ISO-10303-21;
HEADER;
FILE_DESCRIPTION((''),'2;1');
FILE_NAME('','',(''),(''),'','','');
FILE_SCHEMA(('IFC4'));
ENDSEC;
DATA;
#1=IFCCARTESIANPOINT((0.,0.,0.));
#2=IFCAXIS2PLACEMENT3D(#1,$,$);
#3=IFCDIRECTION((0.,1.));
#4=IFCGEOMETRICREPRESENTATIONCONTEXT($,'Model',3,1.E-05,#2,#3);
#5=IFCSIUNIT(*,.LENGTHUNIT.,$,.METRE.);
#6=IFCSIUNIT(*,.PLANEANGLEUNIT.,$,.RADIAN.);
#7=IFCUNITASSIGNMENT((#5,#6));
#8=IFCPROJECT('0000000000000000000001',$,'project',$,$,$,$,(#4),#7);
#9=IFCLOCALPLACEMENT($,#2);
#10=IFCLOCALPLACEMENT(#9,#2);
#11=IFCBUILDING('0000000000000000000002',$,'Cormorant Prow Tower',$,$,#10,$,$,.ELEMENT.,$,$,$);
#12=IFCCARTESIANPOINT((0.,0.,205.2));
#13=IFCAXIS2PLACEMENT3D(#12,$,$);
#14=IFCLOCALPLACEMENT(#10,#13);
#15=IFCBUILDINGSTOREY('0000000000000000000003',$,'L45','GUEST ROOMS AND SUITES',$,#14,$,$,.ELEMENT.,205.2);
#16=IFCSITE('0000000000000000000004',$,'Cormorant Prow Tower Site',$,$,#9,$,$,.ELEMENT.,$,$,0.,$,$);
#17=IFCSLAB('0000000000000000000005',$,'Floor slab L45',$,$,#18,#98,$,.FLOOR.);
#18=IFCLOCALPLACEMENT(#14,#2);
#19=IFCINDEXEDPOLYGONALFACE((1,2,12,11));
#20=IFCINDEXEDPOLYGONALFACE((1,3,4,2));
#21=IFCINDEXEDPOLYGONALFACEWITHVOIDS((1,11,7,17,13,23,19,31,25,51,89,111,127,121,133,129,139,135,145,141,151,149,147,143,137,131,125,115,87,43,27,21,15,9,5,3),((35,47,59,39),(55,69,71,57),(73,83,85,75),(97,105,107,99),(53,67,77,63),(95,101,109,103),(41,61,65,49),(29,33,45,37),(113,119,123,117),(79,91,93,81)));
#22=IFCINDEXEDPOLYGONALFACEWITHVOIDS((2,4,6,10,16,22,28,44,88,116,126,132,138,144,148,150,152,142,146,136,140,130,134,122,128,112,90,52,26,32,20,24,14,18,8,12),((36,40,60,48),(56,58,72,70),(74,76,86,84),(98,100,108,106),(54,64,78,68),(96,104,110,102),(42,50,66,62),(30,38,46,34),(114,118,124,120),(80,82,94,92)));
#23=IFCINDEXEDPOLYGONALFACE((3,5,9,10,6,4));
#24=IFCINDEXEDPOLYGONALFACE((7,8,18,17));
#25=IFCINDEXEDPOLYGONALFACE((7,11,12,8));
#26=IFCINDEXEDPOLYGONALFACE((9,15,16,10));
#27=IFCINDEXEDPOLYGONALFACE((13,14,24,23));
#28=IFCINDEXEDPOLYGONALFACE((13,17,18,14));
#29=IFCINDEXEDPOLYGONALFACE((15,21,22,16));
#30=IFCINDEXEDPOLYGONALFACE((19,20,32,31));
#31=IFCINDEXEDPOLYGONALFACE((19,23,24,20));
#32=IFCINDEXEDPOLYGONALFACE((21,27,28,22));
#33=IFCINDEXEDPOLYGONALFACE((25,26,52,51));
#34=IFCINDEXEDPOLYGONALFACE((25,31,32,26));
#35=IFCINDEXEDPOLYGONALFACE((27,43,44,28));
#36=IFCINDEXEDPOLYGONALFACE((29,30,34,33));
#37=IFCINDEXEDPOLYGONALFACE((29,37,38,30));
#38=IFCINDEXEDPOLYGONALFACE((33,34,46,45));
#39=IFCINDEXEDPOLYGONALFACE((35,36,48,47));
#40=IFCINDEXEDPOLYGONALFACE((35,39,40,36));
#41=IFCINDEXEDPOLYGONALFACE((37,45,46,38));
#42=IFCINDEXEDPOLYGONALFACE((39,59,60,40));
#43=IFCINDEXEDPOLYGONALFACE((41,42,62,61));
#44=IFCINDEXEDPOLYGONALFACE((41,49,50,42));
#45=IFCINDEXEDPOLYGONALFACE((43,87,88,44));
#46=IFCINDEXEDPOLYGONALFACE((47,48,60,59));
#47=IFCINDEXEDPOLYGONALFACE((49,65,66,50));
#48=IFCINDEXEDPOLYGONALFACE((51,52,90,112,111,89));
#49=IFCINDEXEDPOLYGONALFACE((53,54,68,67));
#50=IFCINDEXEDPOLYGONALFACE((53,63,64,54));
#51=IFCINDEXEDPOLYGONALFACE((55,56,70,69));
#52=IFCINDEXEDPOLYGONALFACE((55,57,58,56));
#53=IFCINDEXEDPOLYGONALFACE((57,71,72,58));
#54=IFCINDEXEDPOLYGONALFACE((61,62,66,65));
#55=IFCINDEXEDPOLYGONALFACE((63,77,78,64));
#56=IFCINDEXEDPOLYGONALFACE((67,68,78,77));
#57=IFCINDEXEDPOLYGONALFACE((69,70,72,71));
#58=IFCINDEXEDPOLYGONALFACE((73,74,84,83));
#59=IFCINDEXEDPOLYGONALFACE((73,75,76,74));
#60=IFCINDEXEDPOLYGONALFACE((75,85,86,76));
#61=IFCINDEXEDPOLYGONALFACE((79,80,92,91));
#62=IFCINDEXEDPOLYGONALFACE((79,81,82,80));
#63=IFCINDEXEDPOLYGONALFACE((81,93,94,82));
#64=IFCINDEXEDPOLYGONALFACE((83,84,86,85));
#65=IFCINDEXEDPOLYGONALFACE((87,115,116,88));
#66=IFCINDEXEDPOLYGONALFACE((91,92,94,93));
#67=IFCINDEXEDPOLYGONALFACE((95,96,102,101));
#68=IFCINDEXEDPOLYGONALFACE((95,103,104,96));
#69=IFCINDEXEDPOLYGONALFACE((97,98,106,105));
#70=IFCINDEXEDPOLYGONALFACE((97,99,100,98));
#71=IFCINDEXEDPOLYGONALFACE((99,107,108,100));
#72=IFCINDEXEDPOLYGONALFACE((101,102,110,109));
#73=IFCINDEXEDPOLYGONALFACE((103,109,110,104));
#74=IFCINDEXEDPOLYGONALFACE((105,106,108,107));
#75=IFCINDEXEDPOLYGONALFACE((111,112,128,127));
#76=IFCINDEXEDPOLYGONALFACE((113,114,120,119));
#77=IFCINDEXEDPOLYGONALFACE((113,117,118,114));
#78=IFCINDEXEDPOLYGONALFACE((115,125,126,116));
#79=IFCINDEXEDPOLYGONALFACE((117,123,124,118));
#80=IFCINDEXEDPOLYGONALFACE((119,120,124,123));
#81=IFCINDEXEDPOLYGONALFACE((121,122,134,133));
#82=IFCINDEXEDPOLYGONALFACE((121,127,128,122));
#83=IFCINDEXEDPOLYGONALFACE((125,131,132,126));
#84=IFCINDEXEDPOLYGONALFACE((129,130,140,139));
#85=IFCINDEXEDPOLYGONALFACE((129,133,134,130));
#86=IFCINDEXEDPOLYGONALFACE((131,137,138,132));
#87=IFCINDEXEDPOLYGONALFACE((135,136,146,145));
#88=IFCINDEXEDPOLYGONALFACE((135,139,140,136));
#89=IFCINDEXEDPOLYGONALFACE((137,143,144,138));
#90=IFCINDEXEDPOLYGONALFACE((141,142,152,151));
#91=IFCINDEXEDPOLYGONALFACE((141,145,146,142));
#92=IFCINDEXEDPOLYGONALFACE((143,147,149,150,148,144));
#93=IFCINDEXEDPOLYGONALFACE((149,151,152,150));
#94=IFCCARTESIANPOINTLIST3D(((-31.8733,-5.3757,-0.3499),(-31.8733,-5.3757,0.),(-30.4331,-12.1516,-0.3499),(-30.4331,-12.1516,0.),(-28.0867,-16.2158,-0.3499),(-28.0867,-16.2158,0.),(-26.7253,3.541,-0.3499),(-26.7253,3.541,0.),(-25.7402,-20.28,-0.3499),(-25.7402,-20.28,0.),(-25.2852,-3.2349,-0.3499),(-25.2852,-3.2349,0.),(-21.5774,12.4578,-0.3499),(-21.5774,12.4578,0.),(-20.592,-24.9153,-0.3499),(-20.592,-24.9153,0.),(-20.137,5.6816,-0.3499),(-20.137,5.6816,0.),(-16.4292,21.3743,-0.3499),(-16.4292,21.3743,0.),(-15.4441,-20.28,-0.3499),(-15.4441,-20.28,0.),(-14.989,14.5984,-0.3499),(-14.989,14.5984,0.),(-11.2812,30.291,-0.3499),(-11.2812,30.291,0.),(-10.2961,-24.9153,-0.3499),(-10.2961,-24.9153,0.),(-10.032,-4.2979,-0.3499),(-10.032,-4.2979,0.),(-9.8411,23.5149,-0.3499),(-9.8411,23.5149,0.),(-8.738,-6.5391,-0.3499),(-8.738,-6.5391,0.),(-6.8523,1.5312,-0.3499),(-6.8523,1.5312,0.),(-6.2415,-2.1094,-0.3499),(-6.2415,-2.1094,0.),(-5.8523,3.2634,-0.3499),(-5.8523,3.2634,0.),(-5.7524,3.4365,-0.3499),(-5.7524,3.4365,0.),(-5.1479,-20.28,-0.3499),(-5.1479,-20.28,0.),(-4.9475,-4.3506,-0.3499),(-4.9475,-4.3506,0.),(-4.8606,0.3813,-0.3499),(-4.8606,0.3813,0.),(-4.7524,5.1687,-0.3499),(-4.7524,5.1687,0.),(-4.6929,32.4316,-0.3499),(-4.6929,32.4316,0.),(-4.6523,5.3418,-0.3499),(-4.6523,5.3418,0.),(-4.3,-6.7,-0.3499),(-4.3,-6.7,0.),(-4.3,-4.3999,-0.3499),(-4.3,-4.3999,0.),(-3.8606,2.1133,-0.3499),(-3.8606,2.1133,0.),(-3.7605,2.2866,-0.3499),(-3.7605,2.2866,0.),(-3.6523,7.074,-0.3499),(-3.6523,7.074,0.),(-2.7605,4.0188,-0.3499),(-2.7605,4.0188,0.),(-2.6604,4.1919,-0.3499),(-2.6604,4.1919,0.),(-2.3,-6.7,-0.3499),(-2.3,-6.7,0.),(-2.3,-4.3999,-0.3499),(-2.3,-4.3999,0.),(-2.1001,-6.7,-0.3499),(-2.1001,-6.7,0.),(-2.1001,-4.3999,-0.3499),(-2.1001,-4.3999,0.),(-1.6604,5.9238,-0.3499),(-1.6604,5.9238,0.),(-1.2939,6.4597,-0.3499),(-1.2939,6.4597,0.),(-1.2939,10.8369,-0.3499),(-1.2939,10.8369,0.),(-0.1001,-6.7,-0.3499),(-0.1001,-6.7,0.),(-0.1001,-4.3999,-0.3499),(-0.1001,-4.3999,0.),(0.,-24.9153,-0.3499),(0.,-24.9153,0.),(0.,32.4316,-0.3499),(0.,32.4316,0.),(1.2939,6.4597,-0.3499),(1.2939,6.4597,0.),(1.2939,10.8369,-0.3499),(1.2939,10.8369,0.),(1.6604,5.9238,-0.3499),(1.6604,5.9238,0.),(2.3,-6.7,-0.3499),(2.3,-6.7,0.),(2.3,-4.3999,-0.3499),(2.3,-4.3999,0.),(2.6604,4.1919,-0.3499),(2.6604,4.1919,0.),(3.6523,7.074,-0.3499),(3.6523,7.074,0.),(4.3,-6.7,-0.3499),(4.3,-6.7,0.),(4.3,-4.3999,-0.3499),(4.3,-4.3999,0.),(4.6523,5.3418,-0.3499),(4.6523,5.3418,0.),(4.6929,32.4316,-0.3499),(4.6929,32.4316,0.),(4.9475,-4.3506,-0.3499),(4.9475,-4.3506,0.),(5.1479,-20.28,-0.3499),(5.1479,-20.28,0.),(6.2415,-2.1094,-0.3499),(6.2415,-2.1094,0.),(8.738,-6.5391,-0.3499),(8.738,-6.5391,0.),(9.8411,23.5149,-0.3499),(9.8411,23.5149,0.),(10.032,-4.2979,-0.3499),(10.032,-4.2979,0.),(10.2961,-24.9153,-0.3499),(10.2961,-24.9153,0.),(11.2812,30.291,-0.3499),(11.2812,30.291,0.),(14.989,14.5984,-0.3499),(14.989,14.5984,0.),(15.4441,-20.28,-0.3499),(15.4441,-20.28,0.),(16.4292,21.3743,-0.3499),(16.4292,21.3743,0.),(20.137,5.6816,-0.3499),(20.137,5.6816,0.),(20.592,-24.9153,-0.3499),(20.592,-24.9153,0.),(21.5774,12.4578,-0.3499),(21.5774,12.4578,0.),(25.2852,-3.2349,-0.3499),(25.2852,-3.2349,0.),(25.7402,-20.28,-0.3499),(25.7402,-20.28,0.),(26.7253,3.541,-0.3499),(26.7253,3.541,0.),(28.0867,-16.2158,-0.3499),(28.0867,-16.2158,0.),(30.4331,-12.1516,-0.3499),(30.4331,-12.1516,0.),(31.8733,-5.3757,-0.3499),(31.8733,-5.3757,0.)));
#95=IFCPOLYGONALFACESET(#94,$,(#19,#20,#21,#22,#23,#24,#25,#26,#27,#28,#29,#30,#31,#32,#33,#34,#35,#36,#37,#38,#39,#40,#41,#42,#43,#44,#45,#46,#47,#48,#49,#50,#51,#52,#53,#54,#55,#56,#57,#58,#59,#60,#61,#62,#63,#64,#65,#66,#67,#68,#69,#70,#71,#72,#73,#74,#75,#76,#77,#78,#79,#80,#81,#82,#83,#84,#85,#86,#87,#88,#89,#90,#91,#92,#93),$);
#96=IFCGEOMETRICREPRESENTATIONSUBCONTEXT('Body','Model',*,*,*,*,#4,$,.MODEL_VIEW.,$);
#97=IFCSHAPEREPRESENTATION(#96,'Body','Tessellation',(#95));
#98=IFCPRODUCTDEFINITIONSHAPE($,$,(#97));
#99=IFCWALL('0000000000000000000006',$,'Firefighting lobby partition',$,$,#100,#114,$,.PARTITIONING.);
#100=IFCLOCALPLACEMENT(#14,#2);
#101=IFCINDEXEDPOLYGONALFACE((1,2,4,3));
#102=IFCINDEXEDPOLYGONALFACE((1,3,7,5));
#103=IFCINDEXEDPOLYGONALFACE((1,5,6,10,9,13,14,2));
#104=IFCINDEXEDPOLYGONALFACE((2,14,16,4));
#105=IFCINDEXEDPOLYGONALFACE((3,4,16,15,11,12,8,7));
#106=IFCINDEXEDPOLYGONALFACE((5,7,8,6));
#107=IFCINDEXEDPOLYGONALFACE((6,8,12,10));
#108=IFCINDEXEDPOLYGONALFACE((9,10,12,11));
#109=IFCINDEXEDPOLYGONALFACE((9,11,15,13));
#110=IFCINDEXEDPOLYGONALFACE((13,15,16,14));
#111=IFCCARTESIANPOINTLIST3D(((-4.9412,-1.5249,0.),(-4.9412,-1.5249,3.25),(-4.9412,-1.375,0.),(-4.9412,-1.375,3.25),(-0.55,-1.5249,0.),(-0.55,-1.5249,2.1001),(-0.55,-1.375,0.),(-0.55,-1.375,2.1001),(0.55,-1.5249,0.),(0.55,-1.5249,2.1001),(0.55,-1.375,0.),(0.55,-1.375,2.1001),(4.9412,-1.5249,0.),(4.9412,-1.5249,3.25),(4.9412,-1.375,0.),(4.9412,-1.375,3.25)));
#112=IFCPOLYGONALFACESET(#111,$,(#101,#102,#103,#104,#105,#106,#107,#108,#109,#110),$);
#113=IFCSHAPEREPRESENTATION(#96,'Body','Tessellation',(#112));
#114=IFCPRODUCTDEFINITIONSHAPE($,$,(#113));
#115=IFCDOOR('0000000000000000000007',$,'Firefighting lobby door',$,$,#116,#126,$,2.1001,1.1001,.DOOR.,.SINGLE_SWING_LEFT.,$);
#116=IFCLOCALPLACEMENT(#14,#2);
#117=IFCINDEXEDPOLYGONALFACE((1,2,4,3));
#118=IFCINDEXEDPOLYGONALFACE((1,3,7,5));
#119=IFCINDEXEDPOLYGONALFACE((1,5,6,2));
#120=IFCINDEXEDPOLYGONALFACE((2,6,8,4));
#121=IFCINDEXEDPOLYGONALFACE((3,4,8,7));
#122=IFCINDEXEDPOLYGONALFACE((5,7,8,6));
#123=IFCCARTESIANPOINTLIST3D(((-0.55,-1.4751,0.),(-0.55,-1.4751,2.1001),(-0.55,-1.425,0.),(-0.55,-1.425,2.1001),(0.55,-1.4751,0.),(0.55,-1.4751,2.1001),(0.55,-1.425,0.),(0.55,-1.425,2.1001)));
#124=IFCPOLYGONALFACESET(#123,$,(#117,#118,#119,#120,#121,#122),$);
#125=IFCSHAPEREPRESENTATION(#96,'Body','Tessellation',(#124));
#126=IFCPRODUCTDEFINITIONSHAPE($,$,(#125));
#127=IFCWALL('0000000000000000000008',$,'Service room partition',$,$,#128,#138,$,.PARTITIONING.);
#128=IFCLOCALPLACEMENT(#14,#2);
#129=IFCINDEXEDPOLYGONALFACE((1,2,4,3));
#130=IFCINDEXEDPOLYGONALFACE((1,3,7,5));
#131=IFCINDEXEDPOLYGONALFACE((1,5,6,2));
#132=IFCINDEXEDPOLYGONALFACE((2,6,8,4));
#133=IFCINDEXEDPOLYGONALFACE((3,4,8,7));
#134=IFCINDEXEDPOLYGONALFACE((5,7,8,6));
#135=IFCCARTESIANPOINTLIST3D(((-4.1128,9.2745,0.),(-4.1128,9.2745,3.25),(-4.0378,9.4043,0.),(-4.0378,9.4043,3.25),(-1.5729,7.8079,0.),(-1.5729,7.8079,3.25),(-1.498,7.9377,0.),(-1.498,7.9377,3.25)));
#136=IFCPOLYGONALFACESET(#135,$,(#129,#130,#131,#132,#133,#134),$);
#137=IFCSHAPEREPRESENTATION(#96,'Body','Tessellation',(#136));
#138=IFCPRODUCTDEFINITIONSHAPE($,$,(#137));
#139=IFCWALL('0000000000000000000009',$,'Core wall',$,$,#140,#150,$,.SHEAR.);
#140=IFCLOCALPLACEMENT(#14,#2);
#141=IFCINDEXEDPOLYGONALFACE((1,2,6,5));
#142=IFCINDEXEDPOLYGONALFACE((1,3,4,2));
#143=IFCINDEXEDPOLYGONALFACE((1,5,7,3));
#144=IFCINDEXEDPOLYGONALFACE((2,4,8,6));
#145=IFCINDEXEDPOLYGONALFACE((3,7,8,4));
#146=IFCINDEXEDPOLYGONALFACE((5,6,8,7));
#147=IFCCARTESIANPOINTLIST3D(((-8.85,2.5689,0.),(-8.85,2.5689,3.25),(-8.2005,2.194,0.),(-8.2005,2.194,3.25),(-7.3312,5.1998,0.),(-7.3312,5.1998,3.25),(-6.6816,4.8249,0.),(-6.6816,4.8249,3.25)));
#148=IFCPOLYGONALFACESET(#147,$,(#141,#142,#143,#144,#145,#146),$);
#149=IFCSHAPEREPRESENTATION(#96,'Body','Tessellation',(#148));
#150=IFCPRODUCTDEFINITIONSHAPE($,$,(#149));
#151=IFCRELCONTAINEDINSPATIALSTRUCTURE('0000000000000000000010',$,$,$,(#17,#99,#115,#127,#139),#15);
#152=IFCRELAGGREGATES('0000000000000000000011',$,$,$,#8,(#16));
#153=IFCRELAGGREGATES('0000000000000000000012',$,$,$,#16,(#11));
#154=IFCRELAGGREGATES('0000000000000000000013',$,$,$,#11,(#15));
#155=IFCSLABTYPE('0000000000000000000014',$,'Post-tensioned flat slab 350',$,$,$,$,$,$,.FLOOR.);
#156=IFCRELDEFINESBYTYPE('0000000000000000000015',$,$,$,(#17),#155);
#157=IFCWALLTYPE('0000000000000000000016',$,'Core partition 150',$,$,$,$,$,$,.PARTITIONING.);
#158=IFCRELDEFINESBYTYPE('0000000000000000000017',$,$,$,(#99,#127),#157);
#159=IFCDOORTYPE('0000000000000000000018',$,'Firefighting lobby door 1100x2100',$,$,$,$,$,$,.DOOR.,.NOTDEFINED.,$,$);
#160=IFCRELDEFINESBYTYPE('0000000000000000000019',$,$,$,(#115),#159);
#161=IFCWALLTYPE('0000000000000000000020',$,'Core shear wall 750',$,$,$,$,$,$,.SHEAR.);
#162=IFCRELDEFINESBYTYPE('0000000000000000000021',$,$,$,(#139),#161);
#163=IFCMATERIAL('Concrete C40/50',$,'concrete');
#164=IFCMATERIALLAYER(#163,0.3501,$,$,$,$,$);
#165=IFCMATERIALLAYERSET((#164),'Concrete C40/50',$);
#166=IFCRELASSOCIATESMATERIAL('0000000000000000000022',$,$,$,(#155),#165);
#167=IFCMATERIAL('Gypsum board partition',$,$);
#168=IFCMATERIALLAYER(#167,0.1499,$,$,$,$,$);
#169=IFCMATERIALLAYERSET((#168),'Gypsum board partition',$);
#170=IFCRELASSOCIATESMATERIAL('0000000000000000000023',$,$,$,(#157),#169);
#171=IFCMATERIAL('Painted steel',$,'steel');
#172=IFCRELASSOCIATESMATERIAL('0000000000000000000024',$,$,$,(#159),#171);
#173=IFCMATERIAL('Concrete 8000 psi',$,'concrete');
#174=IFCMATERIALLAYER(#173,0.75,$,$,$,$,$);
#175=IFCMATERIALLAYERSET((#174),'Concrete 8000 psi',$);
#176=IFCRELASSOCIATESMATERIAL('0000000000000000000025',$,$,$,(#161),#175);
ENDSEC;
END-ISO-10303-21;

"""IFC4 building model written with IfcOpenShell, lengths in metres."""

from ifc_helpers import new_model, si_unit, direction, frame, frame_2d, origin, place, context, subcontext, project, spatial, polyline, rectangle, outline, extrude, material, layer, layer_set, type_object, element, fill, save


model = new_model("IFC4")

# Units and contexts
model_context = context("Model", 3, precision=1e-05, world=origin(), true_north=direction((0.0, 1.0)))
body_context = subcontext(model_context, "Body", "Model", "MODEL_VIEW")
ifc_project = project(units=[si_unit("LENGTHUNIT", "METRE"), si_unit("PLANEANGLEUNIT", "RADIAN")], contexts=[model_context])

# Site, building, storey
site_placement = place(None, origin())
site = spatial("IfcSite", under=ifc_project, at=site_placement, Name="Cormorant Prow Tower Site", CompositionType="ELEMENT", RefElevation=0.0)
building_placement = place(site_placement, origin())
building = spatial("IfcBuilding", under=site, at=building_placement, Name="Cormorant Prow Tower", CompositionType="ELEMENT")
storey_placement = place(building_placement, frame((0.0, 0.0, 205.2)))
storey = spatial("IfcBuildingStorey", under=building, at=storey_placement, Name="L45", Description="GUEST ROOMS AND SUITES", CompositionType="ELEMENT", Elevation=205.2)

# Slab
ifc_material_1 = material(Name="Concrete C40/50", Category="concrete")
ifc_layer_1 = layer(ifc_material_1, 0.3501)
ifc_layer_set_1 = layer_set([ifc_layer_1], Name="Concrete C40/50")
slab_type_1 = type_object("IfcSlabType", Name="Post-tensioned flat slab 350", PredefinedType="FLOOR", material=ifc_layer_set_1)
slab_1_placement = place(storey_placement, frame((0.0, 0.0, -0.3499)))
element("IfcSlab", 1, at=slab_1_placement, inside=storey, type_object=slab_type_1, Name="Floor slab L45", PredefinedType="FLOOR", context=body_context, shape_type="SweptSolid", body=[
    extrude(outline(polyline([(-9.8411, 23.5149), (-16.4292, 21.3743), (-14.989, 14.5984), (-21.5774, 12.4578), (-20.137, 5.6816), (-26.7253, 3.541), (-25.2852, -3.2349), (-31.8733, -5.3757), (-30.4331, -12.1516), (-28.0867, -16.2158), (-25.7402, -20.28), (-20.592, -24.9153), (-15.4441, -20.28), (-10.2961, -24.9153), (-5.1479, -20.28), (0.0, -24.9153), (5.1479, -20.28), (10.2961, -24.9153), (15.4441, -20.28), (20.592, -24.9153), (25.7402, -20.28), (28.0867, -16.2158), (30.4331, -12.1516), (31.8733, -5.3757), (25.2852, -3.2349), (26.7253, 3.541), (20.137, 5.6816), (21.5774, 12.4578), (14.989, 14.5984), (16.4292, 21.3743), (9.8411, 23.5149), (11.2812, 30.291), (4.6929, 32.4316), (0.0, 32.4316), (-4.6929, 32.4316), (-11.2812, 30.291), (-9.8411, 23.5149)]), holes=[polyline([(-4.3, -4.3999), (-2.3, -4.3999), (-2.3, -6.7), (-4.3, -6.7), (-4.3, -4.3999)]), polyline([(-0.1001, -4.3999), (-0.1001, -6.7), (-2.1001, -6.7), (-2.1001, -4.3999), (-0.1001, -4.3999)]), polyline([(4.3, -6.7), (2.3, -6.7), (2.3, -4.3999), (4.3, -4.3999), (4.3, -6.7)]), polyline([(4.6523, 5.3418), (2.6604, 4.1919), (1.6604, 5.9238), (3.6523, 7.074), (4.6523, 5.3418)]), polyline([(-1.6604, 5.9238), (-2.6604, 4.1919), (-4.6523, 5.3418), (-3.6523, 7.074), (-1.6604, 5.9238)]), polyline([(-3.7605, 2.2866), (-5.7524, 3.4365), (-4.7524, 5.1687), (-2.7605, 4.0188), (-3.7605, 2.2866)]), polyline([(-6.8523, 1.5312), (-5.8523, 3.2634), (-3.8606, 2.1133), (-4.8606, 0.3813), (-6.8523, 1.5312)]), polyline([(-4.9475, -4.3506), (-8.738, -6.5391), (-10.032, -4.2979), (-6.2415, -2.1094), (-4.9475, -4.3506)]), polyline([(10.032, -4.2979), (8.738, -6.5391), (4.9475, -4.3506), (6.2415, -2.1094), (10.032, -4.2979)]), polyline([(1.2939, 10.8369), (1.2939, 6.4597), (-1.2939, 6.4597), (-1.2939, 10.8369), (1.2939, 10.8369)])]), origin(), (0.0, 0.0, 1.0), 0.3499),
])

# Wall, opening, door
ifc_material_2 = material(Name="Gypsum board partition")
ifc_layer_2 = layer(ifc_material_2, 0.1499)
ifc_layer_set_2 = layer_set([ifc_layer_2], Name="Gypsum board partition")
wall_type_1 = type_object("IfcWallType", Name="Core partition 150", PredefinedType="PARTITIONING", material=ifc_layer_set_2)
wall_1_placement = place(storey_placement, frame((-4.9412, -1.45, 0.0), z_axis=(0.0, 0.0, 1.0), x_axis=(1.0, 0.0, 0.0)))
wall_1 = element("IfcWall", 2, at=wall_1_placement, inside=storey, type_object=wall_type_1, Name="Firefighting lobby partition", PredefinedType="PARTITIONING", context=body_context, shape_type="SweptSolid", body=[
    extrude(rectangle(XDim=9.8823, YDim=0.1499, at=frame_2d((4.9412, 0.0))), origin(), (0.0, 0.0, 1.0), 3.25),
])
opening_1_placement = place(wall_1_placement, frame((4.3911, 0.0, 0.0)))
opening_1 = element("IfcOpeningElement", 3, at=opening_1_placement, cuts=wall_1, PredefinedType="OPENING", context=body_context, shape_type="SweptSolid", body=[
    extrude(rectangle(XDim=1.1001, YDim=2.1001, at=frame_2d((0.55, 1.05))), frame((0.0, 0.085, 0.0), z_axis=(0.0, -1.0, 0.0), x_axis=(1.0, 0.0, 0.0)), (0.0, 0.0, 1.0), 0.1699),
])
ifc_material_3 = material(Name="Painted steel", Category="steel")
door_type_1 = type_object("IfcDoorType", Name="Firefighting lobby door 1100x2100", OperationType="NOTDEFINED", PredefinedType="DOOR", material=ifc_material_3)
door_1_placement = place(opening_1_placement, origin())
door_1 = element("IfcDoor", 4, at=door_1_placement, inside=storey, type_object=door_type_1, Name="Firefighting lobby door", OperationType="SINGLE_SWING_LEFT", OverallHeight=2.1001, OverallWidth=1.1001, PredefinedType="DOOR", context=body_context, shape_type="SweptSolid", body=[
    extrude(rectangle(XDim=1.1001, YDim=2.1001, at=frame_2d((0.55, 1.05))), frame((0.0, 0.0249, 0.0), z_axis=(0.0, -1.0, 0.0), x_axis=(1.0, 0.0, 0.0)), (0.0, 0.0, 1.0), 0.05),
])
fill(opening_1, door_1)

# Walls
wall_2_placement = place(storey_placement, frame((-4.0752, 9.3394, 0.0), z_axis=(0.0, 0.0, 1.0), x_axis=(0.865996, -0.500052, 0.0)))
element("IfcWall", 5, at=wall_2_placement, inside=storey, type_object=wall_type_1, Name="Service room partition", PredefinedType="PARTITIONING", context=body_context, shape_type="SweptSolid", body=[
    extrude(rectangle(XDim=2.9329, YDim=0.1499, at=frame_2d((1.4663, 0.0))), origin(), (0.0, 0.0, 1.0), 3.25),
])
ifc_material_4 = material(Name="Concrete 8000 psi", Category="concrete")
ifc_layer_3 = layer(ifc_material_4, 0.75)
ifc_layer_set_3 = layer_set([ifc_layer_3], Name="Concrete 8000 psi")
wall_type_2 = type_object("IfcWallType", Name="Core shear wall 750", PredefinedType="SHEAR", material=ifc_layer_set_3)
wall_3_placement = place(storey_placement, frame((-7.0063, 5.0125, 0.0), z_axis=(0.0, 0.0, 1.0), x_axis=(-0.499968, -0.866044, 0.0)))
element("IfcWall", 6, at=wall_3_placement, inside=storey, type_object=wall_type_2, Name="Core wall", PredefinedType="SHEAR", context=body_context, shape_type="SweptSolid", body=[
    extrude(rectangle(XDim=3.0378, YDim=0.75, at=frame_2d((1.519, 0.0))), origin(), (0.0, 0.0, 1.0), 3.25),
])

save(model, "model.ifc")
